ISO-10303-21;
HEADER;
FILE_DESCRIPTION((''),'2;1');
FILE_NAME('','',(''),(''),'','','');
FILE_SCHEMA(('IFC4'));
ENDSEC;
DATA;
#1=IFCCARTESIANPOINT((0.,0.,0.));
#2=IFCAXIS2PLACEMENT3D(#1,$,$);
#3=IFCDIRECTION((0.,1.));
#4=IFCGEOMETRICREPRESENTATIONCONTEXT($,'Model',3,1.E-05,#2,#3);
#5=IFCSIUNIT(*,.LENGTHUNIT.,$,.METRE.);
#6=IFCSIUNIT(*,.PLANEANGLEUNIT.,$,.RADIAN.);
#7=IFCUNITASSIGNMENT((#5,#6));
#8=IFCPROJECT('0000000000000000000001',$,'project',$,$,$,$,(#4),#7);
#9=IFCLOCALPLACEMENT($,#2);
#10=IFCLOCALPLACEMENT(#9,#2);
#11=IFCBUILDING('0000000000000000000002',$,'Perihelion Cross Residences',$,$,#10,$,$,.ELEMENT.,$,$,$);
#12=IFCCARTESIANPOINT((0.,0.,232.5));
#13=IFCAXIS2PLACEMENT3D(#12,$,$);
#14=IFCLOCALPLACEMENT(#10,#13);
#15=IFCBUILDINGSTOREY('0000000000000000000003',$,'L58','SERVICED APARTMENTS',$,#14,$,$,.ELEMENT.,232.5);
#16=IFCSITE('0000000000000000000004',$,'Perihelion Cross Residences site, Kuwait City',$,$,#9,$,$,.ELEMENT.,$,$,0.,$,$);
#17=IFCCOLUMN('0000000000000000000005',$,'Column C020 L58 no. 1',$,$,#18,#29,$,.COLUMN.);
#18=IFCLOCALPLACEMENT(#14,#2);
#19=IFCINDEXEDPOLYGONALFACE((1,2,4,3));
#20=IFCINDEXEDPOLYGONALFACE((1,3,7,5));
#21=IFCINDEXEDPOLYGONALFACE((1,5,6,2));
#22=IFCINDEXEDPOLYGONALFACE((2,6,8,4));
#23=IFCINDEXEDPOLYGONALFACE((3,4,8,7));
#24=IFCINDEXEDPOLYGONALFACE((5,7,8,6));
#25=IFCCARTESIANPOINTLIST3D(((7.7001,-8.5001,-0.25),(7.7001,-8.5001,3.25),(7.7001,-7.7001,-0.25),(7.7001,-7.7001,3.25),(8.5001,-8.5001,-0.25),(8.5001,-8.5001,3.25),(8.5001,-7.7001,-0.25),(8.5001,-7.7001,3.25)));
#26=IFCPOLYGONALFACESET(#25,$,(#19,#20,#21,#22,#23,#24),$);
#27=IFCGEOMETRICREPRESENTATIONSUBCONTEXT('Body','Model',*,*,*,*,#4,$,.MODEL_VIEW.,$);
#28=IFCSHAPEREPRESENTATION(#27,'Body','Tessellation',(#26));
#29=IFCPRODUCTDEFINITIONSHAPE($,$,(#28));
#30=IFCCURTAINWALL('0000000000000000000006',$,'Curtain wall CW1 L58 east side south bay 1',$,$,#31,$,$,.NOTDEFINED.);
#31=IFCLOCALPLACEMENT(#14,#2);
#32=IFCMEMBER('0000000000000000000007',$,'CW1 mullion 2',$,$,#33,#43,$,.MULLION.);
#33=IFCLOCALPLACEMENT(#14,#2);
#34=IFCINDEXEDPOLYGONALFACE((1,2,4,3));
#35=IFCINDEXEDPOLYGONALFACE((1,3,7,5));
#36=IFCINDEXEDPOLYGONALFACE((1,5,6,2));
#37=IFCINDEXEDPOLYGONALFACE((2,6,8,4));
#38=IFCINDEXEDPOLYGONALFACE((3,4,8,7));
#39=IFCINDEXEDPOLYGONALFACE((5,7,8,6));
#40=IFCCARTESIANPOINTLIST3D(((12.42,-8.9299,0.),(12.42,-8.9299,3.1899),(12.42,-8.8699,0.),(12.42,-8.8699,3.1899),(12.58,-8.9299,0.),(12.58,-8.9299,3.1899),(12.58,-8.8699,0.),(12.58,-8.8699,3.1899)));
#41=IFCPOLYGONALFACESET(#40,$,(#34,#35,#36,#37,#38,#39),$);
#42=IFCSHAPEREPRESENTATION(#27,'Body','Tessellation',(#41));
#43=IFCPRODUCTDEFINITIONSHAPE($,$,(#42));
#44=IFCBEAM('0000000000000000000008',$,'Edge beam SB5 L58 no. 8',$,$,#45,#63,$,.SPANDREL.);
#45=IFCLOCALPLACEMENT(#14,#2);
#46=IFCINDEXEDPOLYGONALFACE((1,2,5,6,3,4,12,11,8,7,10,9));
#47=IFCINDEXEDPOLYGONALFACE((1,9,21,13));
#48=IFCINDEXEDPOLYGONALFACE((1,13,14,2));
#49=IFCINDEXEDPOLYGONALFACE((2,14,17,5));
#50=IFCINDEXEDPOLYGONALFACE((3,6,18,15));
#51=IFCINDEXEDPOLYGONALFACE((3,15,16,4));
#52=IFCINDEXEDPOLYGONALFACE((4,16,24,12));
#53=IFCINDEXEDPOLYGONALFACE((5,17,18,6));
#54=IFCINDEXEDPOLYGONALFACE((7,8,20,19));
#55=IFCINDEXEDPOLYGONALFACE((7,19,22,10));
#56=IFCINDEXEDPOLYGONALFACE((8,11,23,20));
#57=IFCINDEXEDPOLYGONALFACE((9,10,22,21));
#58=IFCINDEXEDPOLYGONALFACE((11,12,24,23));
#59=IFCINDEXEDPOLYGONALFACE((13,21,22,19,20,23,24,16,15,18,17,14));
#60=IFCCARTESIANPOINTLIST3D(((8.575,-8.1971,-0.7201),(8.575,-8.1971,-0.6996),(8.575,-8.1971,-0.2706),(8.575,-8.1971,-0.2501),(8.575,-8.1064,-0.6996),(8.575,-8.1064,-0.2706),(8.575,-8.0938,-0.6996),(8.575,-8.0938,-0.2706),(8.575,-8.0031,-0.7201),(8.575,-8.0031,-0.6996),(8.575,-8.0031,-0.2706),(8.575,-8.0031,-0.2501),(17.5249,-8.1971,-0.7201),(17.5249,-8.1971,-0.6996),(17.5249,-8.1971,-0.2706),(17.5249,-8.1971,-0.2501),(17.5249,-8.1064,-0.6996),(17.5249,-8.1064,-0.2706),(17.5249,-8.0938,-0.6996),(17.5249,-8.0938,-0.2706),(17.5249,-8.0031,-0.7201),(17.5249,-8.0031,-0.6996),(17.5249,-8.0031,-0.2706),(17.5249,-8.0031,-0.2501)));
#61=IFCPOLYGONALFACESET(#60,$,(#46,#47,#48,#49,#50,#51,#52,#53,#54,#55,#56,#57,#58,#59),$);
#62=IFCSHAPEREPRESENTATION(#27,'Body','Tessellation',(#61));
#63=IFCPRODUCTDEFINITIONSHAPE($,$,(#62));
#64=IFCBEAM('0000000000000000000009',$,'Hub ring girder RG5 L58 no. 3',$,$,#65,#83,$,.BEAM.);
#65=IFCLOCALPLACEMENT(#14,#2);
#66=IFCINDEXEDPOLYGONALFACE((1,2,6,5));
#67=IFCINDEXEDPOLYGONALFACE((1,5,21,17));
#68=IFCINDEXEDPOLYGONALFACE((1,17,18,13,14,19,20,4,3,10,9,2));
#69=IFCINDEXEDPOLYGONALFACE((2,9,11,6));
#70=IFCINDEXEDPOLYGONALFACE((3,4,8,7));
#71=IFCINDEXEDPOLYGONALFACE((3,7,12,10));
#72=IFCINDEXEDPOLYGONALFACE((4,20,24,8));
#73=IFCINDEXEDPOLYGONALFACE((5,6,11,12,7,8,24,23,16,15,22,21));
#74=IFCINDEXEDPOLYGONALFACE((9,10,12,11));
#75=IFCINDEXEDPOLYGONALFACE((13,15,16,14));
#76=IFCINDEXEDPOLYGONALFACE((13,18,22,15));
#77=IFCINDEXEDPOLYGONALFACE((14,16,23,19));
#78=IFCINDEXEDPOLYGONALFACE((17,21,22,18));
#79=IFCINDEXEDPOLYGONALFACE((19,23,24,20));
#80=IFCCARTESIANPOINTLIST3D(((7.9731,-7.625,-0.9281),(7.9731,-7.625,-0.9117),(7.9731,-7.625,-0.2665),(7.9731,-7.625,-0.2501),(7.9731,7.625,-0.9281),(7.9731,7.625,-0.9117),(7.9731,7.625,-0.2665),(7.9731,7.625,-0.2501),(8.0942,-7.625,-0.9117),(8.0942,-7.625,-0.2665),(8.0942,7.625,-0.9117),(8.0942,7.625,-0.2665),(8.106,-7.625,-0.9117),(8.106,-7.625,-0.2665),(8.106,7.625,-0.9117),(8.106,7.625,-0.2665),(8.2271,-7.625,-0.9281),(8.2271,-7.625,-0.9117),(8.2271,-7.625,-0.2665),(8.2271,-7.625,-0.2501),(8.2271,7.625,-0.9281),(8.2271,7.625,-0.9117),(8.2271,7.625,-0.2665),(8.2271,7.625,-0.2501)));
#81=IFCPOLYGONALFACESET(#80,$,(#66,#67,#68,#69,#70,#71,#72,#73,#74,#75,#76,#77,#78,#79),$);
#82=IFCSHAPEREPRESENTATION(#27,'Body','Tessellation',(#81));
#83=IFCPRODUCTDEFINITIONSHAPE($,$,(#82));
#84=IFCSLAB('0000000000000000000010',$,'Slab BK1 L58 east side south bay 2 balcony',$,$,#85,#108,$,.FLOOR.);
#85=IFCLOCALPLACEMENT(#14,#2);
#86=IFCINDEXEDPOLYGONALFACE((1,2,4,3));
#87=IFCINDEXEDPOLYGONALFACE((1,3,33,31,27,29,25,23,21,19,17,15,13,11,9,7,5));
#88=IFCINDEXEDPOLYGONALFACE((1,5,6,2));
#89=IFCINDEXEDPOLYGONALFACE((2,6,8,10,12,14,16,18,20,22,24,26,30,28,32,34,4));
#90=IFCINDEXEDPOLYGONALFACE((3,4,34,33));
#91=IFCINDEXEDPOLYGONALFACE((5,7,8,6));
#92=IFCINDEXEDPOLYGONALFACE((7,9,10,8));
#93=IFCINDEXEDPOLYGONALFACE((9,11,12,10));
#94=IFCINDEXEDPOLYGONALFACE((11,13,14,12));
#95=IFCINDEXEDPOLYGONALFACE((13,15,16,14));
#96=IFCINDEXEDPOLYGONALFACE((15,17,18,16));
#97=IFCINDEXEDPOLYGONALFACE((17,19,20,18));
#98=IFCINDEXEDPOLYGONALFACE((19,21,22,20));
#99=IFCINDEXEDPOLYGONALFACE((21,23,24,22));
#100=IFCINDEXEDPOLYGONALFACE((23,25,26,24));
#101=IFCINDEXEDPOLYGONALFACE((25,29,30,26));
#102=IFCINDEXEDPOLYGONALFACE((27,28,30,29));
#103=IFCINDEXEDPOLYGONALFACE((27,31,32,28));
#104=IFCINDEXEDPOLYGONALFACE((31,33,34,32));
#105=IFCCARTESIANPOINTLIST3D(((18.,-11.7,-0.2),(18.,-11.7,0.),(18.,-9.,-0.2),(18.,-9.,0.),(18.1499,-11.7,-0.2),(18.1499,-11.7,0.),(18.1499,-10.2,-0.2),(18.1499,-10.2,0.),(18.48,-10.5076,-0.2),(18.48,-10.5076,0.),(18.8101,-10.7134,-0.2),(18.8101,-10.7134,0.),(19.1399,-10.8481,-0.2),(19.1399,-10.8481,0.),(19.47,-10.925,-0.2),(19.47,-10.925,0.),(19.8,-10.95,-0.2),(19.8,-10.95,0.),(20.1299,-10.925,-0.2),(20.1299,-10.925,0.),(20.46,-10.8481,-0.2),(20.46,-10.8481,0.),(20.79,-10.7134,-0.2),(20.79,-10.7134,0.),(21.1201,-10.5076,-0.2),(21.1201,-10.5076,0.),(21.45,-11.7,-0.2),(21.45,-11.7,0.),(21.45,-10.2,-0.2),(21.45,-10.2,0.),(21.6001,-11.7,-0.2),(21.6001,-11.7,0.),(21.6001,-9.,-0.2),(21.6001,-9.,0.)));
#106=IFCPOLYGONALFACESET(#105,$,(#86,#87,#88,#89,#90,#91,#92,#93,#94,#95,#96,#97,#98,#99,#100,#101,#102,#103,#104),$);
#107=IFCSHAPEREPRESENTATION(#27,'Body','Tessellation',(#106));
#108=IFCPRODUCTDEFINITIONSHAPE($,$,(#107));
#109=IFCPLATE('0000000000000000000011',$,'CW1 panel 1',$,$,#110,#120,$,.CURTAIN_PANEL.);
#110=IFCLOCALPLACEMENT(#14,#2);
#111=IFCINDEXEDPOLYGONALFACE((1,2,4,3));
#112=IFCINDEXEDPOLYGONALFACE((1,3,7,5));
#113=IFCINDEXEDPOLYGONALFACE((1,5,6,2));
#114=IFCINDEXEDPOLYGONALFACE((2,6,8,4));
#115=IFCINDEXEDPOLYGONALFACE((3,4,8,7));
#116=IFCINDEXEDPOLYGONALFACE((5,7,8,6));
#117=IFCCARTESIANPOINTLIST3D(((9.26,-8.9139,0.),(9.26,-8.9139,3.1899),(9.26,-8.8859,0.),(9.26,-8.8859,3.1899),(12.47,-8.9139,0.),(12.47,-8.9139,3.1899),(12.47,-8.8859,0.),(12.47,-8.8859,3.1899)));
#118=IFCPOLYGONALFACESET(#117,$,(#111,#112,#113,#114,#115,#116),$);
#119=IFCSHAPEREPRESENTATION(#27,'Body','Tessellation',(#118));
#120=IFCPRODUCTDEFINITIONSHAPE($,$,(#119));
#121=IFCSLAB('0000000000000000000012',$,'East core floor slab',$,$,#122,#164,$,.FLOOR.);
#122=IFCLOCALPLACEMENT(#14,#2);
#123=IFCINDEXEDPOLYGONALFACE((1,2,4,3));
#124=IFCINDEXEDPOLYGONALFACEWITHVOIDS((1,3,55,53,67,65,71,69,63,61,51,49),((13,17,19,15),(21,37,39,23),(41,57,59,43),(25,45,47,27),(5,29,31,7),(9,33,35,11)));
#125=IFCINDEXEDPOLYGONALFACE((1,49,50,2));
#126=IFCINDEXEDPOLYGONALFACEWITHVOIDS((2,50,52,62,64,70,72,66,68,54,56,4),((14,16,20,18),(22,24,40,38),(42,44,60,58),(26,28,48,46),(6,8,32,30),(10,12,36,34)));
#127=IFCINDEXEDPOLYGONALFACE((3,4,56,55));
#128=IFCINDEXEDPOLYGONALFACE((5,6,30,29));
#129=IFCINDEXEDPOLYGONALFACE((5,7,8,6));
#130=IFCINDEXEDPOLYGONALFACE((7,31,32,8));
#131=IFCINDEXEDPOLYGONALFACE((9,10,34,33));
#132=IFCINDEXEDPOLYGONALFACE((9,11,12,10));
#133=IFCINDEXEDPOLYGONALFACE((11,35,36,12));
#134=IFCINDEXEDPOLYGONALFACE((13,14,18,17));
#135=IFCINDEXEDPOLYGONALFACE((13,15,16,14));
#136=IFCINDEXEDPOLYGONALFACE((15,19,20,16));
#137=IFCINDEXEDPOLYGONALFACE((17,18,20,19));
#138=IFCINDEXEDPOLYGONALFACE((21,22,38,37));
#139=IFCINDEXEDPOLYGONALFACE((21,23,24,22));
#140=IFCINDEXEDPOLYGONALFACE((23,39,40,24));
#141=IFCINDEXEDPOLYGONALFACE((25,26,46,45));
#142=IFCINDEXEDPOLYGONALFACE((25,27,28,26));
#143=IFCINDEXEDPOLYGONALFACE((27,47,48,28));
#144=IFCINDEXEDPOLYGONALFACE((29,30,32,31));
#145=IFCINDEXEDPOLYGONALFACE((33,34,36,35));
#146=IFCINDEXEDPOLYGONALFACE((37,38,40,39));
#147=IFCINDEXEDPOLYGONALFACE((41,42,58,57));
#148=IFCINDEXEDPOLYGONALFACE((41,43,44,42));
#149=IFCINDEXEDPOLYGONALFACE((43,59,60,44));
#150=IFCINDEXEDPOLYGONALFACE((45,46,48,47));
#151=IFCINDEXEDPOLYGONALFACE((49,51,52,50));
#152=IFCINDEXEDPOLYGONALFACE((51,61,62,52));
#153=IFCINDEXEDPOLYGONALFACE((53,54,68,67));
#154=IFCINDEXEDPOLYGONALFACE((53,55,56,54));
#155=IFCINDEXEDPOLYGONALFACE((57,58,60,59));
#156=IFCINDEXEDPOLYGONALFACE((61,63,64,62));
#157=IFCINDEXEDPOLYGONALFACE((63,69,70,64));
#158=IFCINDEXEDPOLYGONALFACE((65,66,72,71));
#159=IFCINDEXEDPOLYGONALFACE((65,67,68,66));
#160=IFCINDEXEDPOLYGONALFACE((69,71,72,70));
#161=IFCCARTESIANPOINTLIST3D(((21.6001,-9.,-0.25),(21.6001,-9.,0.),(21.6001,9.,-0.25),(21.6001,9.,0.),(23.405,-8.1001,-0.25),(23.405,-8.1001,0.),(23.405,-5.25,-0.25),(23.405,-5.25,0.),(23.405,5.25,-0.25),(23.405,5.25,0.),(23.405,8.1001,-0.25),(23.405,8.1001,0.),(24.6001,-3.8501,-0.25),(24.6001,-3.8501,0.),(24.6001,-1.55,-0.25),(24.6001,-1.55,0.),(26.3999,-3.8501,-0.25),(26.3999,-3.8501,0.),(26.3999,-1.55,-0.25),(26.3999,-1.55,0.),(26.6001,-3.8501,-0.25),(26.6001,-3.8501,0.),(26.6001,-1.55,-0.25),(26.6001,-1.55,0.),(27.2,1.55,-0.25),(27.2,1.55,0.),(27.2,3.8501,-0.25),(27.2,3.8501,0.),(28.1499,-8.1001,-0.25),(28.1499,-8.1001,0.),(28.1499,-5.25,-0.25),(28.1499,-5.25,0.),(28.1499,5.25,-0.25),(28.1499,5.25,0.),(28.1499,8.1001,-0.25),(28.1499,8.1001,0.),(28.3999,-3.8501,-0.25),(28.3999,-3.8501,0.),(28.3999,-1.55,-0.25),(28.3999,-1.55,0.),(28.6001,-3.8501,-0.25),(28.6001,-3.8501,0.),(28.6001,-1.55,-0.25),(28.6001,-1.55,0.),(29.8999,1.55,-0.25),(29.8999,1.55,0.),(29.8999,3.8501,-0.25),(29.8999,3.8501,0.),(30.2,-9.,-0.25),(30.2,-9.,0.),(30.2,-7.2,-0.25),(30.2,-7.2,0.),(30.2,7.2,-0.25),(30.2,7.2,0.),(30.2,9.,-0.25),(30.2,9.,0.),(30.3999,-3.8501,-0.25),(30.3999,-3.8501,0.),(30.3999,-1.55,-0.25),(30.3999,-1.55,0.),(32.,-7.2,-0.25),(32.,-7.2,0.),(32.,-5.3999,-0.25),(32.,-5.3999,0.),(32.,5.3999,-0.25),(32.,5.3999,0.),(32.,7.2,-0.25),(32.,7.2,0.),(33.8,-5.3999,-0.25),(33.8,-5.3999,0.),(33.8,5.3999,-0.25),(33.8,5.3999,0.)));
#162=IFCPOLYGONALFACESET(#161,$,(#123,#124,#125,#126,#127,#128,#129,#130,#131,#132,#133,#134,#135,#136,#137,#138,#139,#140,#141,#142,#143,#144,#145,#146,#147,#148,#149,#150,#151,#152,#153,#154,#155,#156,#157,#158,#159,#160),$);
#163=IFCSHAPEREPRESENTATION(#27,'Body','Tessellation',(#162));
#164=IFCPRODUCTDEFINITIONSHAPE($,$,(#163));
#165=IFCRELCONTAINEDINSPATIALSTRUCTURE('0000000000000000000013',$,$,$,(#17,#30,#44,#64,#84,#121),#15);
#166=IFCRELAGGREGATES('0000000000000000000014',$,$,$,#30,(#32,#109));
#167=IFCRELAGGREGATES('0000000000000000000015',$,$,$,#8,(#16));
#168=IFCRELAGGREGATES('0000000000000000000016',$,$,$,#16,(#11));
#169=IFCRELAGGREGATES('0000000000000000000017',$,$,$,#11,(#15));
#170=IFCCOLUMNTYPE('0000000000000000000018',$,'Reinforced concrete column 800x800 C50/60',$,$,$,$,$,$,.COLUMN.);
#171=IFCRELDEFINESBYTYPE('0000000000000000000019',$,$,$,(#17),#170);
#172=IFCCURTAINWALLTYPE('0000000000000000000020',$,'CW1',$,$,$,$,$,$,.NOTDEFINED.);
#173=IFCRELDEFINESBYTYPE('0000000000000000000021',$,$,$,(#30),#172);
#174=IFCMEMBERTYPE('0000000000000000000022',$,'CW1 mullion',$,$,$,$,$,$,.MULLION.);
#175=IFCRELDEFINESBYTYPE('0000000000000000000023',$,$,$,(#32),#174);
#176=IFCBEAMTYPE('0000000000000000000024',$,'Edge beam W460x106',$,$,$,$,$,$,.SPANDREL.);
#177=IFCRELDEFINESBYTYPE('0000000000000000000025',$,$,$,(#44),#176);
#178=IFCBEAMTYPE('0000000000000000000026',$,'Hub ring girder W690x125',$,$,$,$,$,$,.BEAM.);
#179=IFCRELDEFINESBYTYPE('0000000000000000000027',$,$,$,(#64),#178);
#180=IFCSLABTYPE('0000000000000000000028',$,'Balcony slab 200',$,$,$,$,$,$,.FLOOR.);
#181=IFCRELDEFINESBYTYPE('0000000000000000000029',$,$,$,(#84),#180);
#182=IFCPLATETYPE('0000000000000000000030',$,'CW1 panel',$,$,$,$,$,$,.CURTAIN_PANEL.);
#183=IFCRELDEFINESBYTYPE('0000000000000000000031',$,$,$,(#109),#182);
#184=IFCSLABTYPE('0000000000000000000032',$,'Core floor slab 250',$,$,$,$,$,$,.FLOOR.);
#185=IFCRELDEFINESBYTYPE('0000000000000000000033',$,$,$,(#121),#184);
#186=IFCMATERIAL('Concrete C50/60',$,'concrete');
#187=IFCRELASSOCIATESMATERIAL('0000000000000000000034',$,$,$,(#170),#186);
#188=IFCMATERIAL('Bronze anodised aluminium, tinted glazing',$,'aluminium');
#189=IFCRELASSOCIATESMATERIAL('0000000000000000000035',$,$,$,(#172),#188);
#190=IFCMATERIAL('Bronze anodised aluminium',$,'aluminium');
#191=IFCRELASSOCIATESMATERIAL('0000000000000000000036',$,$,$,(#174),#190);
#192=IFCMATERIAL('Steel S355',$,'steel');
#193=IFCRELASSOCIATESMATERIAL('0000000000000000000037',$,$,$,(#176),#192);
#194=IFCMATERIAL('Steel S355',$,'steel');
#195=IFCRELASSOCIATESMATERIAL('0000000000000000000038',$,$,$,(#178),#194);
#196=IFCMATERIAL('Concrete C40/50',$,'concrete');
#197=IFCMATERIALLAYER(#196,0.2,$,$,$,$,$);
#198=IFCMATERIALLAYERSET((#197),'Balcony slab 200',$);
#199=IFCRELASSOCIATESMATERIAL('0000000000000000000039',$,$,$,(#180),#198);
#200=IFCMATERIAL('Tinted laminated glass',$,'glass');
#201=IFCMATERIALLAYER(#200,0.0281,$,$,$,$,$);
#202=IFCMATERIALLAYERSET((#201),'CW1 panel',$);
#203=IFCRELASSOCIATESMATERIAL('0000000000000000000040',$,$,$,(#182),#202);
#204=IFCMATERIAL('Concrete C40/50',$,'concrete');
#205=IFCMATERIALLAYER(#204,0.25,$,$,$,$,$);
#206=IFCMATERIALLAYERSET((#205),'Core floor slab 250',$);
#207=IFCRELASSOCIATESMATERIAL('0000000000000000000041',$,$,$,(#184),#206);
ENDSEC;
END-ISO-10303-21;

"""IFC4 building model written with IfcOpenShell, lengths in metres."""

from ifc_helpers import new_model, si_unit, direction, frame, origin, origin_2d, place, context, subcontext, project, spatial, polyline, rectangle, i_section, outline, extrude, material, layer, layer_set, material_profile, profile_set, type_object, element, aggregate, save


model = new_model("IFC4")

# Units and contexts
model_context = context("Model", 3, precision=1e-05, world=origin(), true_north=direction((0.0, 1.0)))
body_context = subcontext(model_context, "Body", "Model", "MODEL_VIEW")
ifc_project = project(units=[si_unit("LENGTHUNIT", "METRE"), si_unit("PLANEANGLEUNIT", "RADIAN")], contexts=[model_context])

# Site, building, storey
site_placement = place(None, origin())
site = spatial("IfcSite", under=ifc_project, at=site_placement, Name="Perihelion Cross Residences site, Kuwait City", CompositionType="ELEMENT", RefElevation=0.0)
building_placement = place(site_placement, origin())
building = spatial("IfcBuilding", under=site, at=building_placement, Name="Perihelion Cross Residences", CompositionType="ELEMENT")
storey_placement = place(building_placement, frame((0.0, 0.0, 232.5)))
storey = spatial("IfcBuildingStorey", under=building, at=storey_placement, Name="L58", Description="SERVICED APARTMENTS", CompositionType="ELEMENT", Elevation=232.5)

# Column
ifc_material_1 = material(Name="Concrete C50/60", Category="concrete")
ifc_material_profile_1 = material_profile(ifc_material_1, rectangle(XDim=0.8, YDim=0.8, at=origin_2d()), Name="RC 800x800")
ifc_profile_set_1 = profile_set([ifc_material_profile_1], Name="Concrete C50/60")
column_type = type_object("IfcColumnType", Name="Reinforced concrete column 800x800 C50/60", PredefinedType="COLUMN", material=ifc_profile_set_1)
column_placement = place(storey_placement, frame((8.1001, -8.1001, -0.25), z_axis=(0.0, 0.0, 1.0), x_axis=(1.0, 0.0, 0.0)))
element("IfcColumn", 1, at=column_placement, inside=storey, type_object=column_type, Name="Column C020 L58 no. 1", PredefinedType="COLUMN", context=body_context, shape_type="SweptSolid", body=[
    extrude(rectangle(XDim=0.8, YDim=0.8, at=origin_2d()), origin(), (0.0, 0.0, 1.0), 3.5),
])

# Curtain wall, member
ifc_material_2 = material(Name="Bronze anodised aluminium, tinted glazing", Category="aluminium")
curtain_wall_type = type_object("IfcCurtainWallType", Name="CW1", PredefinedType="NOTDEFINED", material=ifc_material_2)
curtain_wall_placement = place(storey_placement, origin())
curtain_wall = element("IfcCurtainWall", 2, at=curtain_wall_placement, inside=storey, type_object=curtain_wall_type, Name="Curtain wall CW1 L58 east side south bay 1", PredefinedType="NOTDEFINED")
ifc_material_3 = material(Name="Bronze anodised aluminium", Category="aluminium")
ifc_material_profile_2 = material_profile(ifc_material_3, rectangle(XDim=0.0601, YDim=0.1599, at=origin_2d()), Name="CW1 mullion")
ifc_profile_set_2 = profile_set([ifc_material_profile_2], Name="Bronze anodised aluminium")
member_type = type_object("IfcMemberType", Name="CW1 mullion", PredefinedType="MULLION", material=ifc_profile_set_2)
member_placement = place(storey_placement, frame((12.5, -8.8999, 0.0), z_axis=(0.0, 0.0, 1.0), x_axis=(0.0, 1.0, 0.0)))
member = element("IfcMember", 3, at=member_placement, type_object=member_type, Name="CW1 mullion 2", PredefinedType="MULLION", context=body_context, shape_type="SweptSolid", body=[
    extrude(rectangle(XDim=0.0601, YDim=0.1599, at=origin_2d()), origin(), (0.0, 0.0, 1.0), 3.1899),
])

# Beams
ifc_material_4 = material(Name="Steel S355", Category="steel")
ifc_material_profile_3 = material_profile(ifc_material_4, i_section(OverallWidth=0.1941, OverallDepth=0.47, WebThickness=0.0127, FlangeThickness=0.0205, at=origin_2d()), Name="W460x106")
ifc_profile_set_3 = profile_set([ifc_material_profile_3], Name="Steel S355")
beam_type_1 = type_object("IfcBeamType", Name="Edge beam W460x106", PredefinedType="SPANDREL", material=ifc_profile_set_3)
beam_1_placement = place(storey_placement, frame((8.575, -8.1001, -0.4851), z_axis=(1.0, 0.0, 0.0), x_axis=(0.0, 1.0, 0.0)))
element("IfcBeam", 4, at=beam_1_placement, inside=storey, type_object=beam_type_1, Name="Edge beam SB5 L58 no. 8", PredefinedType="SPANDREL", context=body_context, shape_type="SweptSolid", body=[
    extrude(i_section(OverallWidth=0.1941, OverallDepth=0.47, WebThickness=0.0127, FlangeThickness=0.0205, at=origin_2d()), origin(), (0.0, 0.0, 1.0), 8.95),
])
ifc_material_5 = material(Name="Steel S355", Category="steel")
ifc_material_profile_4 = material_profile(ifc_material_5, i_section(OverallWidth=0.2539, OverallDepth=0.678, WebThickness=0.0117, FlangeThickness=0.0164, at=origin_2d()), Name="W690x125")
ifc_profile_set_4 = profile_set([ifc_material_profile_4], Name="Steel S355")
beam_type_2 = type_object("IfcBeamType", Name="Hub ring girder W690x125", PredefinedType="BEAM", material=ifc_profile_set_4)
beam_2_placement = place(storey_placement, frame((8.1001, -7.625, -0.5891), z_axis=(0.0, 1.0, 0.0), x_axis=(-1.0, 0.0, 0.0)))
element("IfcBeam", 5, at=beam_2_placement, inside=storey, type_object=beam_type_2, Name="Hub ring girder RG5 L58 no. 3", PredefinedType="BEAM", context=body_context, shape_type="SweptSolid", body=[
    extrude(i_section(OverallWidth=0.2539, OverallDepth=0.678, WebThickness=0.0117, FlangeThickness=0.0164, at=origin_2d()), origin(), (0.0, 0.0, 1.0), 15.25),
])

# Slab
ifc_material_6 = material(Name="Concrete C40/50", Category="concrete")
ifc_layer_1 = layer(ifc_material_6, 0.2)
ifc_layer_set_1 = layer_set([ifc_layer_1], Name="Balcony slab 200")
slab_type_1 = type_object("IfcSlabType", Name="Balcony slab 200", PredefinedType="FLOOR", material=ifc_layer_set_1)
slab_1_placement = place(storey_placement, frame((0.0, 0.0, -0.2)))
element("IfcSlab", 6, at=slab_1_placement, inside=storey, type_object=slab_type_1, Name="Slab BK1 L58 east side south bay 2 balcony", PredefinedType="FLOOR", context=body_context, shape_type="SweptSolid", body=[
    extrude(outline(polyline([(18.0, -9.0), (21.6001, -9.0), (21.6001, -11.7), (21.45, -11.7), (21.45, -10.2), (21.1201, -10.5076), (20.79, -10.7134), (20.46, -10.8481), (20.1299, -10.925), (19.8, -10.95), (19.47, -10.925), (19.1399, -10.8481), (18.8101, -10.7134), (18.48, -10.5076), (18.1499, -10.2), (18.1499, -11.7), (18.0, -11.7), (18.0, -9.0)])), origin(), (0.0, 0.0, 1.0), 0.2),
])

# Plate
ifc_material_7 = material(Name="Tinted laminated glass", Category="glass")
ifc_layer_2 = layer(ifc_material_7, 0.0281)
ifc_layer_set_2 = layer_set([ifc_layer_2], Name="CW1 panel")
plate_type = type_object("IfcPlateType", Name="CW1 panel", PredefinedType="CURTAIN_PANEL", material=ifc_layer_set_2)
plate_placement = place(storey_placement, frame((10.865, -8.8999, 0.0), z_axis=(0.0, 0.0, 1.0), x_axis=(1.0, 0.0, 0.0)))
plate = element("IfcPlate", 7, at=plate_placement, type_object=plate_type, Name="CW1 panel 1", PredefinedType="CURTAIN_PANEL", context=body_context, shape_type="SweptSolid", body=[
    extrude(rectangle(XDim=3.21, YDim=0.0281, at=origin_2d()), origin(), (0.0, 0.0, 1.0), 3.1899),
])
aggregate(curtain_wall, [member, plate])

# Slab
ifc_material_8 = material(Name="Concrete C40/50", Category="concrete")
ifc_layer_3 = layer(ifc_material_8, 0.25)
ifc_layer_set_3 = layer_set([ifc_layer_3], Name="Core floor slab 250")
slab_type_2 = type_object("IfcSlabType", Name="Core floor slab 250", PredefinedType="FLOOR", material=ifc_layer_set_3)
slab_2_placement = place(storey_placement, frame((0.0, 0.0, -0.25)))
element("IfcSlab", 8, at=slab_2_placement, inside=storey, type_object=slab_type_2, Name="East core floor slab", PredefinedType="FLOOR", context=body_context, shape_type="SweptSolid", body=[
    extrude(outline(polyline([(30.2, 7.2), (32.0, 7.2), (32.0, 5.3999), (33.8, 5.3999), (33.8, -5.3999), (32.0, -5.3999), (32.0, -7.2), (30.2, -7.2), (30.2, -9.0), (21.6001, -9.0), (21.6001, 9.0), (30.2, 9.0), (30.2, 7.2)]), holes=[polyline([(28.1499, -8.1001), (28.1499, -5.25), (23.405, -5.25), (23.405, -8.1001), (28.1499, -8.1001)]), polyline([(24.6001, -1.55), (24.6001, -3.8501), (26.3999, -3.8501), (26.3999, -1.55), (24.6001, -1.55)]), polyline([(26.6001, -1.55), (26.6001, -3.8501), (28.3999, -3.8501), (28.3999, -1.55), (26.6001, -1.55)]), polyline([(28.6001, -3.8501), (30.3999, -3.8501), (30.3999, -1.55), (28.6001, -1.55), (28.6001, -3.8501)]), polyline([(27.2, 3.8501), (27.2, 1.55), (29.8999, 1.55), (29.8999, 3.8501), (27.2, 3.8501)]), polyline([(23.405, 5.25), (28.1499, 5.25), (28.1499, 8.1001), (23.405, 8.1001), (23.405, 5.25)])]), origin(), (0.0, 0.0, 1.0), 0.25),
])

save(model, "model.ifc")
